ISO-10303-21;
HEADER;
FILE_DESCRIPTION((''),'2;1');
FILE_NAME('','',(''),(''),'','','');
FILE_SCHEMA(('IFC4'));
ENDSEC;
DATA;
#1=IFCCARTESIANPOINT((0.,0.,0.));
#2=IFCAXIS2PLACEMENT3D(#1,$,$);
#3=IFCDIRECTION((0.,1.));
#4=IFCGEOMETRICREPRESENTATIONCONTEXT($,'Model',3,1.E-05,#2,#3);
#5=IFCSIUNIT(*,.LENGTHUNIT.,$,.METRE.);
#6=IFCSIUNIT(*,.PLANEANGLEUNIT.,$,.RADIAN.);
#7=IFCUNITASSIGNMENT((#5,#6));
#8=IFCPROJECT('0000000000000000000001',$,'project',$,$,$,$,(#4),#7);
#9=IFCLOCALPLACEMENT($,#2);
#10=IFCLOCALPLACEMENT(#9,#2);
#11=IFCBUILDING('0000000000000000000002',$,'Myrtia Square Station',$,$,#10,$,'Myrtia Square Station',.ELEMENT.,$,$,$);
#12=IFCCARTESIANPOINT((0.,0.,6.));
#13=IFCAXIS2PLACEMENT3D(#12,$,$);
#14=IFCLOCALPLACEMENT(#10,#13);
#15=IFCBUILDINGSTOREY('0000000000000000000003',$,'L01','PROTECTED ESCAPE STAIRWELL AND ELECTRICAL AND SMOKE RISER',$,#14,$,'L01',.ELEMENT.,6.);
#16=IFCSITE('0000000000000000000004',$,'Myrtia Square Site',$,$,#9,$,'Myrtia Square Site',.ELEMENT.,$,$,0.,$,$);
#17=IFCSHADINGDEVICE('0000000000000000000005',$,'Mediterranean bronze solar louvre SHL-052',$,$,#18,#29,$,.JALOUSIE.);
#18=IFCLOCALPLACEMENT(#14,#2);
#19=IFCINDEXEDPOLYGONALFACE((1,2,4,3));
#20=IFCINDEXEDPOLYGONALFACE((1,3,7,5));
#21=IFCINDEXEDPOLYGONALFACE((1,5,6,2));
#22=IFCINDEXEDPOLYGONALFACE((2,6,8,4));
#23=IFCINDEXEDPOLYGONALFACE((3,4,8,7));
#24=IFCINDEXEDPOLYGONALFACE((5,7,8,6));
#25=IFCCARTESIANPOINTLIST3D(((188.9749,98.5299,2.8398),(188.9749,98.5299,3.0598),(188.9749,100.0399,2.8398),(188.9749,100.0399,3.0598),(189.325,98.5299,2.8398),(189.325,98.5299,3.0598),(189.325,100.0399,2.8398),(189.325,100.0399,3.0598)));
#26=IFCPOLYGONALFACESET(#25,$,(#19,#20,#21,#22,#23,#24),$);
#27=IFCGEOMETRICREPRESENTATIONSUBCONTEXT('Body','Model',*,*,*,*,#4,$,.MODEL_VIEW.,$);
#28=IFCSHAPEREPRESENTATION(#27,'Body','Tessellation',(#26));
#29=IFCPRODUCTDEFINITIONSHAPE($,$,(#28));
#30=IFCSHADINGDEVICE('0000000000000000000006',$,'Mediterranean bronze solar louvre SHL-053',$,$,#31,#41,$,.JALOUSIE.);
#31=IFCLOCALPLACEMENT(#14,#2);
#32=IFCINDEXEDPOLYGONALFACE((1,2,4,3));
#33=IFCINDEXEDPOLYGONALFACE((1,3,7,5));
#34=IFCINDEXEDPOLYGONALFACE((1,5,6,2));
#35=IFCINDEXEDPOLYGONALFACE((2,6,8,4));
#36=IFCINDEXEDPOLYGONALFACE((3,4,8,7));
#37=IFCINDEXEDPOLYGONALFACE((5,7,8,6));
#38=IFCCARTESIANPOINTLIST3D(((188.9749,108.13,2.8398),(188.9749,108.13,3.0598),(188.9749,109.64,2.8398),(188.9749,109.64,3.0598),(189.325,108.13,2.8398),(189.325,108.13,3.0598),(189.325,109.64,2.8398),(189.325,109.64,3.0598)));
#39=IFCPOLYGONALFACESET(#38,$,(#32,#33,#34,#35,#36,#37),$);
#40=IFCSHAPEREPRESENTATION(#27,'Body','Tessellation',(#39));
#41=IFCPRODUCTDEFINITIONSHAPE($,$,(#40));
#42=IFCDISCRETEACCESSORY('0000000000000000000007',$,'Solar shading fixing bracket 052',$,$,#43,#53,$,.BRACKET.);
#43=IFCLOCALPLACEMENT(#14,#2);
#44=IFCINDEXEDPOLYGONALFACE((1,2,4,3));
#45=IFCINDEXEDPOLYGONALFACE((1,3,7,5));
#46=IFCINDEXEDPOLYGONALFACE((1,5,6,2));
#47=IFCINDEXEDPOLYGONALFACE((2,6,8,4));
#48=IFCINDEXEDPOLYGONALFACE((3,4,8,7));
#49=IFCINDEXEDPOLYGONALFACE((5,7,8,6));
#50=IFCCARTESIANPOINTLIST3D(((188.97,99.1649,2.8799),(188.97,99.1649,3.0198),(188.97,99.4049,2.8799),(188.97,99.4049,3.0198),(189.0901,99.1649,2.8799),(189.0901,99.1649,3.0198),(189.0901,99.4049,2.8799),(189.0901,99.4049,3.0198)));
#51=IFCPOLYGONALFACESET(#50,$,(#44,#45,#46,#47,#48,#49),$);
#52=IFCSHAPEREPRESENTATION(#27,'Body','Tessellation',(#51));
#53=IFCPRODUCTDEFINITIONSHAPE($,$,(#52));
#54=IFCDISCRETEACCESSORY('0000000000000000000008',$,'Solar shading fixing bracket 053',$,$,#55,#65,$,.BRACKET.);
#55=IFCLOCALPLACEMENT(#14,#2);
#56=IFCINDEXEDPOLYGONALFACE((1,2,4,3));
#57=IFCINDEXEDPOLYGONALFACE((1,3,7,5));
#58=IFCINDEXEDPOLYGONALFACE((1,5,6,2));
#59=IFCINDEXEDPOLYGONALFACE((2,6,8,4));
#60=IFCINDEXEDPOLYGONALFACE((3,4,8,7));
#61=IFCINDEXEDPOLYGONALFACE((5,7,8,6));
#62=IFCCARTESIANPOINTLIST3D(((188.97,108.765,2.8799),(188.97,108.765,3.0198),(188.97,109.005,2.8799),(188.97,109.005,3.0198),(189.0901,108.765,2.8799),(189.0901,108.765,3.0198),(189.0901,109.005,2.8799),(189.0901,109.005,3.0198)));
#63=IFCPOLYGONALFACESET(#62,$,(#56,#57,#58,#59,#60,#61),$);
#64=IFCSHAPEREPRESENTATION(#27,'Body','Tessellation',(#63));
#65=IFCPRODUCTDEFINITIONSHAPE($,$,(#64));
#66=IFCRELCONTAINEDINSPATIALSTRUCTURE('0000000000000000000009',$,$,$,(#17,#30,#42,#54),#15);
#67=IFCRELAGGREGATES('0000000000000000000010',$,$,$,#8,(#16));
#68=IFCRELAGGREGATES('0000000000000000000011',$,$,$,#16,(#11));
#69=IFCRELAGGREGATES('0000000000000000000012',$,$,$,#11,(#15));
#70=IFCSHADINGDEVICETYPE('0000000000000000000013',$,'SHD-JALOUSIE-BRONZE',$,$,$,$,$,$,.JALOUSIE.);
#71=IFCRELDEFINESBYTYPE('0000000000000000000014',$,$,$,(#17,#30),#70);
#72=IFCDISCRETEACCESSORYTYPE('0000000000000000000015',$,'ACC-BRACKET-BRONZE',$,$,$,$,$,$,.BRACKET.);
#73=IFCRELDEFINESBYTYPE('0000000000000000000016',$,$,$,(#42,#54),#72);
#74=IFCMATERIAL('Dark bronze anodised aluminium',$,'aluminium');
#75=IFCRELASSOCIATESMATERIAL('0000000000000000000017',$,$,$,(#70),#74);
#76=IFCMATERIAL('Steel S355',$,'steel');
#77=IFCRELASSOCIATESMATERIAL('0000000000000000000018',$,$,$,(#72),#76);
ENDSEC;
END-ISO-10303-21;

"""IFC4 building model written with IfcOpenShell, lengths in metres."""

from ifc_helpers import new_model, si_unit, direction, frame, origin, origin_2d, place, context, subcontext, project, spatial, rectangle, extrude, material, type_object, element, save


model = new_model("IFC4")

# Units and contexts
model_context = context("Model", 3, precision=1e-05, world=origin(), true_north=direction((0.0, 1.0)))
body_context = subcontext(model_context, "Body", "Model", "MODEL_VIEW")
ifc_project = project(units=[si_unit("LENGTHUNIT", "METRE"), si_unit("PLANEANGLEUNIT", "RADIAN")], contexts=[model_context])

# Site, building, storey
site_placement = place(None, origin())
site = spatial("IfcSite", under=ifc_project, at=site_placement, Name="Myrtia Square Site", LongName="Myrtia Square Site", CompositionType="ELEMENT", RefElevation=0.0)
building_placement = place(site_placement, origin())
building = spatial("IfcBuilding", under=site, at=building_placement, Name="Myrtia Square Station", LongName="Myrtia Square Station", CompositionType="ELEMENT")
storey_placement = place(building_placement, frame((0.0, 0.0, 6.0)))
storey = spatial("IfcBuildingStorey", under=building, at=storey_placement, Name="L01", Description="PROTECTED ESCAPE STAIRWELL AND ELECTRICAL AND SMOKE RISER", LongName="L01", CompositionType="ELEMENT", Elevation=6.0)

# Shared definitions
ifc_material_1 = material(Name="Steel S355", Category="steel")

# Shading devices
ifc_material_2 = material(Name="Dark bronze anodised aluminium", Category="aluminium")
shading_device_type_1 = type_object("IfcShadingDeviceType", Name="SHD-JALOUSIE-BRONZE", PredefinedType="JALOUSIE", material=ifc_material_2)
for number, where, z_axis, x_axis, name in (
    (1, (189.1499, 99.2849, 2.8398), (0.0, 0.0, 1.0), (0.0, 1.0, 0.0), "Mediterranean bronze solar louvre SHL-052"),
    (2, (189.1499, 108.885, 2.8398), (0.0, 0.0, 1.0), (0.0, 1.0, 0.0), "Mediterranean bronze solar louvre SHL-053"),
):
    element("IfcShadingDevice", number, at=place(storey_placement, frame(where, z_axis=z_axis, x_axis=x_axis)), inside=storey, type_object=shading_device_type_1, Name=name, PredefinedType="JALOUSIE", context=body_context, shape_type="SweptSolid", body=[
        extrude(rectangle(XDim=1.51, YDim=0.3501, at=origin_2d()), origin(), (0.0, 0.0, 1.0), 0.22),
    ])

# Discrete accessories
discrete_accessory_type = type_object("IfcDiscreteAccessoryType", Name="ACC-BRACKET-BRONZE", PredefinedType="BRACKET", material=ifc_material_1)
for number, where, z_axis, x_axis, name in (
    (3, (189.03, 99.2849, 2.8799), (0.0, 0.0, 1.0), (0.0, 1.0, 0.0), "Solar shading fixing bracket 052"),
    (4, (189.03, 108.885, 2.8799), (0.0, 0.0, 1.0), (0.0, 1.0, 0.0), "Solar shading fixing bracket 053"),
):
    element("IfcDiscreteAccessory", number, at=place(storey_placement, frame(where, z_axis=z_axis, x_axis=x_axis)), inside=storey, type_object=discrete_accessory_type, Name=name, PredefinedType="BRACKET", context=body_context, shape_type="SweptSolid", body=[
        extrude(rectangle(XDim=0.24, YDim=0.1201, at=origin_2d()), origin(), (0.0, 0.0, 1.0), 0.1399),
    ])

save(model, "model.ifc")
